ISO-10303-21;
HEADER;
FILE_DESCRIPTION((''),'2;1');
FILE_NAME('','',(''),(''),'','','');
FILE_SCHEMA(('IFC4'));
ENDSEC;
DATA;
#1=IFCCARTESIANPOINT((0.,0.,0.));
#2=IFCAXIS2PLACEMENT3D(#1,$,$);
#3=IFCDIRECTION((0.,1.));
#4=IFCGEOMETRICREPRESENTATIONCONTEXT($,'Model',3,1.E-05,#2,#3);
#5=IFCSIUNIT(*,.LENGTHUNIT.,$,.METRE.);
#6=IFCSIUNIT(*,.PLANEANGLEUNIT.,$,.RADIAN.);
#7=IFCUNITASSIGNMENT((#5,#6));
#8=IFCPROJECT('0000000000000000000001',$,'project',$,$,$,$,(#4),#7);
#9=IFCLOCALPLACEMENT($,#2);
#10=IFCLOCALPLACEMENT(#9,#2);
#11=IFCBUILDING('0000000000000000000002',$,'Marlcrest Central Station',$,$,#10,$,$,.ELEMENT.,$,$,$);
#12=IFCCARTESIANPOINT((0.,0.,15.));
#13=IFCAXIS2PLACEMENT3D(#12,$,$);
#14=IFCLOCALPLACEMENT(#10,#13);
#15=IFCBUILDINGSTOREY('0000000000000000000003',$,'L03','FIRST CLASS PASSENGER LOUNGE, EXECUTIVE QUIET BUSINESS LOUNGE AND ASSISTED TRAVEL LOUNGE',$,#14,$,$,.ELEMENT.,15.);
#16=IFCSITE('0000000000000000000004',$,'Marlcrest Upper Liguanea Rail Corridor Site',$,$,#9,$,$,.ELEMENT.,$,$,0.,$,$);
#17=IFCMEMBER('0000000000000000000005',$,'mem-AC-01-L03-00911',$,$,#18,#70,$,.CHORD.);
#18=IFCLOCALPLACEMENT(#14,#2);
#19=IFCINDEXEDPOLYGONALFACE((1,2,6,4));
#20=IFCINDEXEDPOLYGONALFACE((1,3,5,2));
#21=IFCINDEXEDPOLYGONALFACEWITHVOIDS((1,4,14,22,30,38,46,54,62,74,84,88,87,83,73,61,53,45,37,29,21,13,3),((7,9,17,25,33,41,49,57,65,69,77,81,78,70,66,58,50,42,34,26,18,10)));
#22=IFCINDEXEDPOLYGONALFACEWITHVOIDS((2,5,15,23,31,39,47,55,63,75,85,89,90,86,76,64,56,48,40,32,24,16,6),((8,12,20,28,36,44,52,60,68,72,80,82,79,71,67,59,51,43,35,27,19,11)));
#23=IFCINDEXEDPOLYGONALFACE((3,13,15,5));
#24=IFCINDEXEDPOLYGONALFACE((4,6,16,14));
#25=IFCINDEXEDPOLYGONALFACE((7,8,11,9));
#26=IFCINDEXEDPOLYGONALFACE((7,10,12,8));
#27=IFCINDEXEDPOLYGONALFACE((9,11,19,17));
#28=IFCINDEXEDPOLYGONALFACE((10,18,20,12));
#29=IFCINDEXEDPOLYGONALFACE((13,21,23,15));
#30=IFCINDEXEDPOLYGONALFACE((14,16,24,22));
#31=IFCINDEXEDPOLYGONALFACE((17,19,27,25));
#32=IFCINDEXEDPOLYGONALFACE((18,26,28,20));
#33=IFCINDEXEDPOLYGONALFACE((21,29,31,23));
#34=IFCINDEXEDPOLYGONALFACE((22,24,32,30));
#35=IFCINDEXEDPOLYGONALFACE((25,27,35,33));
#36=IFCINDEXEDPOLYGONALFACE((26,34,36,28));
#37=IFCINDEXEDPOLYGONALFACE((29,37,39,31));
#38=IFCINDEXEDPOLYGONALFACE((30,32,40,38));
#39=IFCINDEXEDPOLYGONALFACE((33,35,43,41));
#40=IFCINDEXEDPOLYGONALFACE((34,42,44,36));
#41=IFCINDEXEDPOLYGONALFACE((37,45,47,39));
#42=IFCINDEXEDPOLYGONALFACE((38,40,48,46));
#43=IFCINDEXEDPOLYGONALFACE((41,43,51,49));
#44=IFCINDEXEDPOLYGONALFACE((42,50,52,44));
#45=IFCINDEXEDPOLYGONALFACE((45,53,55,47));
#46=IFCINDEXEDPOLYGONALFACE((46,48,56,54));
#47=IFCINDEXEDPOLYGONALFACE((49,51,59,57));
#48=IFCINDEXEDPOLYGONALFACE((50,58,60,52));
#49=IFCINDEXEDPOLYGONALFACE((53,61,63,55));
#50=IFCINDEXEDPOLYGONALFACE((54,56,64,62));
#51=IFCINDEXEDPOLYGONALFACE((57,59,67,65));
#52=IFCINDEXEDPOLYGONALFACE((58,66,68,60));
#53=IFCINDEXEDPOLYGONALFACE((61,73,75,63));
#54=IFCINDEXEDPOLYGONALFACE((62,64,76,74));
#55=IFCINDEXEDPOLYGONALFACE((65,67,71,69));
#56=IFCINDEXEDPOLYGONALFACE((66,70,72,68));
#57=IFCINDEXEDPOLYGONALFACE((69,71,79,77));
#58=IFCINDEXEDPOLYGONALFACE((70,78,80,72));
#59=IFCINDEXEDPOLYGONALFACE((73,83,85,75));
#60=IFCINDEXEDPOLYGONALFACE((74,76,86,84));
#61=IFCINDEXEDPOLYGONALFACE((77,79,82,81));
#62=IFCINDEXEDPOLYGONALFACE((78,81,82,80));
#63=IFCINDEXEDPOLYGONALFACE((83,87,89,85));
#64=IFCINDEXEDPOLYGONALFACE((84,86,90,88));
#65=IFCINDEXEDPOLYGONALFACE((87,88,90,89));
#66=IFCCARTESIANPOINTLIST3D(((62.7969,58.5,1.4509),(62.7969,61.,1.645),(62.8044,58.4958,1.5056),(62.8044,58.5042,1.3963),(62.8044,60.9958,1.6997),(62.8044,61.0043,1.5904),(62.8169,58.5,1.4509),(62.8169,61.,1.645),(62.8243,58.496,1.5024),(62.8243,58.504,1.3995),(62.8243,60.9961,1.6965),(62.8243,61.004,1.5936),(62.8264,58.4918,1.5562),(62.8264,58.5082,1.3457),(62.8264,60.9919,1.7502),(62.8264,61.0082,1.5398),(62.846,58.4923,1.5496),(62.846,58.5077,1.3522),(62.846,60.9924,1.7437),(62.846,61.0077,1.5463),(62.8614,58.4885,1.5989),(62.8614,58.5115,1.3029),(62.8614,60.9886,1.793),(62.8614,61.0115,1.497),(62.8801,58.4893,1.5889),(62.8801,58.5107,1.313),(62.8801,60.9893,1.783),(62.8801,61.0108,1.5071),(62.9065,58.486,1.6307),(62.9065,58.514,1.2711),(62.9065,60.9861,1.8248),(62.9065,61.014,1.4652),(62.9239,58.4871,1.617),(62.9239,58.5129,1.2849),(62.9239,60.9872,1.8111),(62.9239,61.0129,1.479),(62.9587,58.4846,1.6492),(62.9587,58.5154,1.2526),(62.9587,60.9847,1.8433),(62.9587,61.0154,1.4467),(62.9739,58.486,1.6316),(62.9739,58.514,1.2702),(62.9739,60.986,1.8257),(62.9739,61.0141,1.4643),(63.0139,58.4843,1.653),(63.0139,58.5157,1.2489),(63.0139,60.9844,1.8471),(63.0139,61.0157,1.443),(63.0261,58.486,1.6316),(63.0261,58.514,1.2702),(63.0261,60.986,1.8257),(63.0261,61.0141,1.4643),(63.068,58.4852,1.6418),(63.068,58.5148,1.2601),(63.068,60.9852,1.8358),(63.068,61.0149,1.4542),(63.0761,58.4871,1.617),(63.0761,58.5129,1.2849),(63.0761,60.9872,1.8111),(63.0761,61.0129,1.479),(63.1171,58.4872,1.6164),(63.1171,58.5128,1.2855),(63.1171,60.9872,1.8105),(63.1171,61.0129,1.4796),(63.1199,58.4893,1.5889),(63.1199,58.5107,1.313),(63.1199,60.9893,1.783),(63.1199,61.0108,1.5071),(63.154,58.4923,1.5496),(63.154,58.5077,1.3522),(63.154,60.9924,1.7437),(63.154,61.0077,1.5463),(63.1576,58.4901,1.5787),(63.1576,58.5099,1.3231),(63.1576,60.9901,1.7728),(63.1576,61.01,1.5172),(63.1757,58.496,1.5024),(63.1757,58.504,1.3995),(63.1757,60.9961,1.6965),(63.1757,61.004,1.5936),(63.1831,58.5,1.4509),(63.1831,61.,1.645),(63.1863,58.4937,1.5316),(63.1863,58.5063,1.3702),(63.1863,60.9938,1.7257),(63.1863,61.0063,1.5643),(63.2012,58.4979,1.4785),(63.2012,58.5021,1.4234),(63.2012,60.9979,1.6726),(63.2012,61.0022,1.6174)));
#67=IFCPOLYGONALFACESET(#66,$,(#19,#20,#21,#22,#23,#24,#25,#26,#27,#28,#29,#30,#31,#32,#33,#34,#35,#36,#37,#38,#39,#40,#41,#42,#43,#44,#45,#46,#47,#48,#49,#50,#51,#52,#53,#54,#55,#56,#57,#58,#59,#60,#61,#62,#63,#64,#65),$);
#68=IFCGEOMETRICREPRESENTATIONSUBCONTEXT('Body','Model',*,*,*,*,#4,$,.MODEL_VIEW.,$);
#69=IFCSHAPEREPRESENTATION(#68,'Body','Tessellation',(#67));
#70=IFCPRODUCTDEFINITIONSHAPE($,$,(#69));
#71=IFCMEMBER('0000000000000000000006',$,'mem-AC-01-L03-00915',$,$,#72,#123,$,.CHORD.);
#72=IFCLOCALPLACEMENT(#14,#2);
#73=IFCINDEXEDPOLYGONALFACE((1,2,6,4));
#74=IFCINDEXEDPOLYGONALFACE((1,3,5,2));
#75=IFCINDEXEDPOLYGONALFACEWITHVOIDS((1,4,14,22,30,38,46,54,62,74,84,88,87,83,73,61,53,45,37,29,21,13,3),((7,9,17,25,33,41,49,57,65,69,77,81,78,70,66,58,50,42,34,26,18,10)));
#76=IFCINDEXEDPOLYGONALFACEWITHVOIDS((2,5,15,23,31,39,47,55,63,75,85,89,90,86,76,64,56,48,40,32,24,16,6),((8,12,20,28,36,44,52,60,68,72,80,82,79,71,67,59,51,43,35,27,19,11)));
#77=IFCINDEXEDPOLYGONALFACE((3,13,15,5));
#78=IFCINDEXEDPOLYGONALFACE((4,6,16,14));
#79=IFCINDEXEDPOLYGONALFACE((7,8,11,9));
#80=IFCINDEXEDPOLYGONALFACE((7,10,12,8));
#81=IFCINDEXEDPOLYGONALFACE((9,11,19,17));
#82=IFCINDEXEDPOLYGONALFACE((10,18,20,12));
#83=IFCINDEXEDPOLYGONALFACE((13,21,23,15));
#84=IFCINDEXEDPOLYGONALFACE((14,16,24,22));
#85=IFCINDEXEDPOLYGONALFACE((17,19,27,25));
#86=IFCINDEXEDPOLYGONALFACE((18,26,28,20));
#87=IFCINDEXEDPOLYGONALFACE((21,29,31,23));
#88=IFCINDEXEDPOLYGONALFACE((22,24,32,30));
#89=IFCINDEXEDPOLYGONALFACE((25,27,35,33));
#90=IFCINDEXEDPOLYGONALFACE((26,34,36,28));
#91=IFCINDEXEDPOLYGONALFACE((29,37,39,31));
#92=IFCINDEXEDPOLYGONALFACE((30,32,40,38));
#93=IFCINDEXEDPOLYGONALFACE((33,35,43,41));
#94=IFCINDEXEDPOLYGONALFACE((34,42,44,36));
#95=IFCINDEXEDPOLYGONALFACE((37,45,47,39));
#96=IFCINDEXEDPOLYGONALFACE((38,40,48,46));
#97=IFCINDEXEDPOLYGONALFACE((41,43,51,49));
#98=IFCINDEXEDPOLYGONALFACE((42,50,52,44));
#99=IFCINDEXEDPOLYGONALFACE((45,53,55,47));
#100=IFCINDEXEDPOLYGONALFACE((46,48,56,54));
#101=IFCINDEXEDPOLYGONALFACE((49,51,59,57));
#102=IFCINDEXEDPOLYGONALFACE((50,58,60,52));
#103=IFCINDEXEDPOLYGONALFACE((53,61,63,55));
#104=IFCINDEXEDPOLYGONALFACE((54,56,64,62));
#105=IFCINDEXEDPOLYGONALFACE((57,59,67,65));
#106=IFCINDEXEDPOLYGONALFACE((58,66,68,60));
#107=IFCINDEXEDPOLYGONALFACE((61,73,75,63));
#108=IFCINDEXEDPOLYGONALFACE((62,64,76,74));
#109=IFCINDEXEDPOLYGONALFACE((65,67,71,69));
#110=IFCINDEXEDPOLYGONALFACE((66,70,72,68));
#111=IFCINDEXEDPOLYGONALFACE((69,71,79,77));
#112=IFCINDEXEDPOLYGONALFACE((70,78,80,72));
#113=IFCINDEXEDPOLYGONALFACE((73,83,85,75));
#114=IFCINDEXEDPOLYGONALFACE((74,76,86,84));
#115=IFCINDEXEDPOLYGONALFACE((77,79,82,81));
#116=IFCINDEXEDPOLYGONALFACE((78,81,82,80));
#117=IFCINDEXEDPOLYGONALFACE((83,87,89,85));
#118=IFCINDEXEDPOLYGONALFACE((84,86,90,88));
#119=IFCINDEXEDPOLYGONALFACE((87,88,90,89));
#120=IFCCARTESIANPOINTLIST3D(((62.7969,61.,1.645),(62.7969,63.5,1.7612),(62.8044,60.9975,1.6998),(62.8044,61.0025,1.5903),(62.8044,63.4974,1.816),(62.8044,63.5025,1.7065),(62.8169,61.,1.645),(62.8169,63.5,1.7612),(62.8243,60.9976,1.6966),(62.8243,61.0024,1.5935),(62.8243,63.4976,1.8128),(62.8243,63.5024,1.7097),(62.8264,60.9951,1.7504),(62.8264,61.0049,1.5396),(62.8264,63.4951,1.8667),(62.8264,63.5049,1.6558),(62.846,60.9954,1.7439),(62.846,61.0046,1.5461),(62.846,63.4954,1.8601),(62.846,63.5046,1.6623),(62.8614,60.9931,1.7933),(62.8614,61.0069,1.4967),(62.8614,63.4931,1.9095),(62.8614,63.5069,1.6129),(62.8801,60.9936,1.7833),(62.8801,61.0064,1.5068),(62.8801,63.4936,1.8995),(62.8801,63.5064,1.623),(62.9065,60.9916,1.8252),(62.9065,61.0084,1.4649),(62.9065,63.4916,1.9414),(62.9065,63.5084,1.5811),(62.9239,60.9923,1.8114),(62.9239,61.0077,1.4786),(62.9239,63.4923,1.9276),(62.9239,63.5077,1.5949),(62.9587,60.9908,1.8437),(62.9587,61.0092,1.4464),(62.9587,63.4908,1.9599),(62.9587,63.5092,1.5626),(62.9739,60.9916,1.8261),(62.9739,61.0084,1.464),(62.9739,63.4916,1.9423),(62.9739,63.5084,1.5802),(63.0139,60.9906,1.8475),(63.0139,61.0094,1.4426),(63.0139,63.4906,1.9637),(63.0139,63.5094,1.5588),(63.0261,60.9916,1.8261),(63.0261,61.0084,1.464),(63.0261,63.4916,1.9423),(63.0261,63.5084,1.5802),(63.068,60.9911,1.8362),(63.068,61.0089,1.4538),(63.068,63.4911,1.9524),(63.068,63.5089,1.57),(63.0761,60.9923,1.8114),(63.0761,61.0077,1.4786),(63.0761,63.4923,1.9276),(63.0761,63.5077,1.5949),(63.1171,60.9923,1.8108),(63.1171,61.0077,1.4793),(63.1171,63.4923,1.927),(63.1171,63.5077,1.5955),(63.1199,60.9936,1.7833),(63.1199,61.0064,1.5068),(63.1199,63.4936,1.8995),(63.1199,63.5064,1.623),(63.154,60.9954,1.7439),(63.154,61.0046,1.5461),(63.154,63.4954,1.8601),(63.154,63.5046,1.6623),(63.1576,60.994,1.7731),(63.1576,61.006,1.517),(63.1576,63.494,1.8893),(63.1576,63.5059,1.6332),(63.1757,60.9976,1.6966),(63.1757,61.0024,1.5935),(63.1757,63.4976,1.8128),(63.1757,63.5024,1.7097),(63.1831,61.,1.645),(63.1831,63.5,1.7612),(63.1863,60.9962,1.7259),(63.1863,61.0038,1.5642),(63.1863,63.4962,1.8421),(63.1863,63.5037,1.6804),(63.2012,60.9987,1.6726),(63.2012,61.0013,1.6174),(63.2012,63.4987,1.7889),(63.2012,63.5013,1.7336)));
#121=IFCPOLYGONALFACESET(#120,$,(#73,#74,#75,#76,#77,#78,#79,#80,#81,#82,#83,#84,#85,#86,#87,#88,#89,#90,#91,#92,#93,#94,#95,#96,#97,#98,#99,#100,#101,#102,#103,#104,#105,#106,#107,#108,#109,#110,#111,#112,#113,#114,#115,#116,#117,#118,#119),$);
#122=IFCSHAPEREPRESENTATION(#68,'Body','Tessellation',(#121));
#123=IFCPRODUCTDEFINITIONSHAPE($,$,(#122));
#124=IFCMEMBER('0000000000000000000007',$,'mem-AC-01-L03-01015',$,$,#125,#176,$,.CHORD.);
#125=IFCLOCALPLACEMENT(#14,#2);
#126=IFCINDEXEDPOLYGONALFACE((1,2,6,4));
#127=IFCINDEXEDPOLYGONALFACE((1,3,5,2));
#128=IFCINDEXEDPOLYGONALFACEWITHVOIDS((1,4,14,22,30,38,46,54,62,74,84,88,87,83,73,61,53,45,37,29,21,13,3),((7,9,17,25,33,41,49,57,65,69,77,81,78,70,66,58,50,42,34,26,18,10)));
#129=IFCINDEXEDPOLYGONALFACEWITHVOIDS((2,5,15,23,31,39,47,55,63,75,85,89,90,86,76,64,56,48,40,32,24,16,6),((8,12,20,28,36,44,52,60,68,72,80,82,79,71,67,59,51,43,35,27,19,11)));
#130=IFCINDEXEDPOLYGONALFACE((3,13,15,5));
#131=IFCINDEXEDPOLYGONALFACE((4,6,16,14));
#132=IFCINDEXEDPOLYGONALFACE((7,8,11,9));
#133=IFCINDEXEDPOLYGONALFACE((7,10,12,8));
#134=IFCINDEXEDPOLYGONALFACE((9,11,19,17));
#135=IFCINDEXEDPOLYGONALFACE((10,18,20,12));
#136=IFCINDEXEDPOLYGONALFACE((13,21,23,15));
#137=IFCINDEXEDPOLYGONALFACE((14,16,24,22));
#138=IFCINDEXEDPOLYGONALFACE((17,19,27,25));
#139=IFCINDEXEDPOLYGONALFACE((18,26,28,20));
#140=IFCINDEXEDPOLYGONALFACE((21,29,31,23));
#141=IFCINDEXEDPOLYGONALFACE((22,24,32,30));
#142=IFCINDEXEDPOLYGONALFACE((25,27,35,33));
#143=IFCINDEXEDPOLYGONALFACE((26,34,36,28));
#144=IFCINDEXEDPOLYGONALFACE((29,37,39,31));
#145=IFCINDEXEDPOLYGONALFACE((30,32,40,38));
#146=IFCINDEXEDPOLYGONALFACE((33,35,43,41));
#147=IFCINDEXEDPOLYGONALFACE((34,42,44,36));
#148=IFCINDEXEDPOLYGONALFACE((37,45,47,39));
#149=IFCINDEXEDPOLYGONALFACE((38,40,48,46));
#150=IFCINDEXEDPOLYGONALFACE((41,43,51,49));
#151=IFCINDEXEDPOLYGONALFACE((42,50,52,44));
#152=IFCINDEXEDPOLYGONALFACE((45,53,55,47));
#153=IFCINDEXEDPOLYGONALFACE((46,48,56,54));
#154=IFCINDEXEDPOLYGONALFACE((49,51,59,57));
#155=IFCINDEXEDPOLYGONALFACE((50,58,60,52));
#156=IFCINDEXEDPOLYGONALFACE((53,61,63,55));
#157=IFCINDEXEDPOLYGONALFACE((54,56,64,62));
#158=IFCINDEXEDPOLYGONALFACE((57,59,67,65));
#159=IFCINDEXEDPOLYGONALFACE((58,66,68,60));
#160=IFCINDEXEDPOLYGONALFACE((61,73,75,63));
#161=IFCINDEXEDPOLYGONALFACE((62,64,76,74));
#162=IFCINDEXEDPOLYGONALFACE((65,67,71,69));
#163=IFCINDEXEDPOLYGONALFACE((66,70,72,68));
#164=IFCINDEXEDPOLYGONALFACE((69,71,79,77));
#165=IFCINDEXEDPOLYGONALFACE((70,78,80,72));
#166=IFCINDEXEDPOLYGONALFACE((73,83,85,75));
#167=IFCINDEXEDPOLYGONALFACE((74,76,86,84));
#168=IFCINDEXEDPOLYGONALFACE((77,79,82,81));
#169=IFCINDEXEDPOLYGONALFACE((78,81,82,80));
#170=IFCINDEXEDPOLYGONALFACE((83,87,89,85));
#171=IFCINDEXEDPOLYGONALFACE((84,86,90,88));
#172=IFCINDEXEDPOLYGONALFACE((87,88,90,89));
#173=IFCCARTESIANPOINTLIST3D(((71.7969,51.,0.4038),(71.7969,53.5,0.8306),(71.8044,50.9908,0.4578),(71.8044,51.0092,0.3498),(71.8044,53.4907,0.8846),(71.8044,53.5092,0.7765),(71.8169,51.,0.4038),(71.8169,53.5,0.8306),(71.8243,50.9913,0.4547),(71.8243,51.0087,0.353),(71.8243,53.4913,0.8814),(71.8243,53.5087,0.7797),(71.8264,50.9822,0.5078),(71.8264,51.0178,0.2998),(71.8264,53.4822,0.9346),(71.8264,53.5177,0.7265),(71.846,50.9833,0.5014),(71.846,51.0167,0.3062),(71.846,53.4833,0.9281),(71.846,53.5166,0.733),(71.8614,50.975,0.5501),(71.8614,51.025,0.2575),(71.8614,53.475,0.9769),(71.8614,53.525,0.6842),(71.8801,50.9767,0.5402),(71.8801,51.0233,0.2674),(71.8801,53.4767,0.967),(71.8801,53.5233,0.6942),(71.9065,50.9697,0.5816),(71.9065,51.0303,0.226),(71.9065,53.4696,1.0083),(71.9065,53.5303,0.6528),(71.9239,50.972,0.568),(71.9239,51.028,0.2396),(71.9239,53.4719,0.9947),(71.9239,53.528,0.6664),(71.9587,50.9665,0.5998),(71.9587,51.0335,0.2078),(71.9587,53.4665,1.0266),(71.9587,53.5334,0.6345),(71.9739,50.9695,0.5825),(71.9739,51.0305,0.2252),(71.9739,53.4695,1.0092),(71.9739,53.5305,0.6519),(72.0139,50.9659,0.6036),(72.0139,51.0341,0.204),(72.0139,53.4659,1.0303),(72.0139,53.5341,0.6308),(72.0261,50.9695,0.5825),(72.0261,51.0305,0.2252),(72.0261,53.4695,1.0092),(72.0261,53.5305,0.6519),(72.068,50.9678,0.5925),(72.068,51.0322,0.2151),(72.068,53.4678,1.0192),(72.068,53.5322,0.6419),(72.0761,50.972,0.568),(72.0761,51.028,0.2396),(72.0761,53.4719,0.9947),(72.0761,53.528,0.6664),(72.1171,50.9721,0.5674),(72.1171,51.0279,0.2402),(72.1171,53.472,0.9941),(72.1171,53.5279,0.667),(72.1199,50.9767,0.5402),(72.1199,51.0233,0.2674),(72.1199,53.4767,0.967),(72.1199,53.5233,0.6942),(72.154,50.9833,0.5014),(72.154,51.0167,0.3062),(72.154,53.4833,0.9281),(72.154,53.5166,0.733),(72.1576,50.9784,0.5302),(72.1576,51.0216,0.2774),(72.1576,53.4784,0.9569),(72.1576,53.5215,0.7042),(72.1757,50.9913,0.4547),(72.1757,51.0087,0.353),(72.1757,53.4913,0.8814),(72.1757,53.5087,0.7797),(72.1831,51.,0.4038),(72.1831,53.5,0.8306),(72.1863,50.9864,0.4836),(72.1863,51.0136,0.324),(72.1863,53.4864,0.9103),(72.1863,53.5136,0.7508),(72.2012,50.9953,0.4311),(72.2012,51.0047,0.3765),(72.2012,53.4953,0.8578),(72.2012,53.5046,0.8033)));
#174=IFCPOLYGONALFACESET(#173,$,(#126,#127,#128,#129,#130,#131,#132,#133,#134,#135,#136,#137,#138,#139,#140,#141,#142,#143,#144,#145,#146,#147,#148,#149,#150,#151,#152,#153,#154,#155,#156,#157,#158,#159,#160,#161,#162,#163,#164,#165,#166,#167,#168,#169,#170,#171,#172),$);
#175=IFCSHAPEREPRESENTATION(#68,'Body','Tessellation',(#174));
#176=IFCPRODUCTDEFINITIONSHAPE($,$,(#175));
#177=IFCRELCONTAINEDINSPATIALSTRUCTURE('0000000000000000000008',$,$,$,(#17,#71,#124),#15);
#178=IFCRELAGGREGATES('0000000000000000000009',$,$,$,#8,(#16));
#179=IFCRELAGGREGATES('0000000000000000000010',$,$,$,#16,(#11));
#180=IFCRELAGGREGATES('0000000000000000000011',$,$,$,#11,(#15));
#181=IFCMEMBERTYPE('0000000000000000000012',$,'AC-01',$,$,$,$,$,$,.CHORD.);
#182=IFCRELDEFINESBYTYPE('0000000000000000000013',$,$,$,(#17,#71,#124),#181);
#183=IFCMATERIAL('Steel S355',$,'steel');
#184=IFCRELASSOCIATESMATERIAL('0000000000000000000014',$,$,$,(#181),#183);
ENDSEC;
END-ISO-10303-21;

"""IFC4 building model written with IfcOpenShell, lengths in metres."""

from ifc_helpers import new_model, si_unit, direction, frame, origin, origin_2d, place, context, subcontext, project, spatial, hollow_circle, extrude, material, material_profile, profile_set, type_object, element, save


model = new_model("IFC4")

# Units and contexts
model_context = context("Model", 3, precision=1e-05, world=origin(), true_north=direction((0.0, 1.0)))
body_context = subcontext(model_context, "Body", "Model", "MODEL_VIEW")
ifc_project = project(units=[si_unit("LENGTHUNIT", "METRE"), si_unit("PLANEANGLEUNIT", "RADIAN")], contexts=[model_context])

# Site, building, storey
site_placement = place(None, origin())
site = spatial("IfcSite", under=ifc_project, at=site_placement, Name="Marlcrest Upper Liguanea Rail Corridor Site", CompositionType="ELEMENT", RefElevation=0.0)
building_placement = place(site_placement, origin())
building = spatial("IfcBuilding", under=site, at=building_placement, Name="Marlcrest Central Station", CompositionType="ELEMENT")
storey_placement = place(building_placement, frame((0.0, 0.0, 15.0)))
storey = spatial("IfcBuildingStorey", under=building, at=storey_placement, Name="L03", Description="FIRST CLASS PASSENGER LOUNGE, EXECUTIVE QUIET BUSINESS LOUNGE AND ASSISTED TRAVEL LOUNGE", CompositionType="ELEMENT", Elevation=15.0)

# Members
ifc_material_1 = material(Name="Steel S355", Category="steel")
ifc_material_profile_1 = material_profile(ifc_material_1, hollow_circle(Radius=0.2031, WallThickness=0.02, at=origin_2d()), Name="CHS 406.4x20")
ifc_profile_set_1 = profile_set([ifc_material_profile_1], Name="Steel S355")
member_type_1 = type_object("IfcMemberType", Name="AC-01", PredefinedType="CHORD", material=ifc_profile_set_1)
member_1_placement = place(storey_placement, frame((63.0, 58.5, 1.4509), z_axis=(0.0, 0.997, 0.077404), x_axis=(-1.0, 0.0, 0.0)))
element("IfcMember", 1, at=member_1_placement, inside=storey, type_object=member_type_1, Name="mem-AC-01-L03-00911", PredefinedType="CHORD", context=body_context, shape_type="SweptSolid", body=[
    extrude(hollow_circle(Radius=0.2031, WallThickness=0.02, at=origin_2d()), origin(), (0.0, 0.0, 1.0), 2.5076),
])
member_2_placement = place(storey_placement, frame((63.0, 61.0, 1.645), z_axis=(0.0, 0.998921, 0.046434), x_axis=(-1.0, 0.0, 0.0)))
element("IfcMember", 2, at=member_2_placement, inside=storey, type_object=member_type_1, Name="mem-AC-01-L03-00915", PredefinedType="CHORD", context=body_context, shape_type="SweptSolid", body=[
    extrude(hollow_circle(Radius=0.2031, WallThickness=0.02, at=origin_2d()), origin(), (0.0, 0.0, 1.0), 2.5027),
])
member_3_placement = place(storey_placement, frame((72.0, 51.0, 0.4038), z_axis=(0.0, 0.985741, 0.168269), x_axis=(-1.0, 0.0, 0.0)))
element("IfcMember", 3, at=member_3_placement, inside=storey, type_object=member_type_1, Name="mem-AC-01-L03-01015", PredefinedType="CHORD", context=body_context, shape_type="SweptSolid", body=[
    extrude(hollow_circle(Radius=0.2031, WallThickness=0.02, at=origin_2d()), origin(), (0.0, 0.0, 1.0), 2.5361),
])

save(model, "model.ifc")
